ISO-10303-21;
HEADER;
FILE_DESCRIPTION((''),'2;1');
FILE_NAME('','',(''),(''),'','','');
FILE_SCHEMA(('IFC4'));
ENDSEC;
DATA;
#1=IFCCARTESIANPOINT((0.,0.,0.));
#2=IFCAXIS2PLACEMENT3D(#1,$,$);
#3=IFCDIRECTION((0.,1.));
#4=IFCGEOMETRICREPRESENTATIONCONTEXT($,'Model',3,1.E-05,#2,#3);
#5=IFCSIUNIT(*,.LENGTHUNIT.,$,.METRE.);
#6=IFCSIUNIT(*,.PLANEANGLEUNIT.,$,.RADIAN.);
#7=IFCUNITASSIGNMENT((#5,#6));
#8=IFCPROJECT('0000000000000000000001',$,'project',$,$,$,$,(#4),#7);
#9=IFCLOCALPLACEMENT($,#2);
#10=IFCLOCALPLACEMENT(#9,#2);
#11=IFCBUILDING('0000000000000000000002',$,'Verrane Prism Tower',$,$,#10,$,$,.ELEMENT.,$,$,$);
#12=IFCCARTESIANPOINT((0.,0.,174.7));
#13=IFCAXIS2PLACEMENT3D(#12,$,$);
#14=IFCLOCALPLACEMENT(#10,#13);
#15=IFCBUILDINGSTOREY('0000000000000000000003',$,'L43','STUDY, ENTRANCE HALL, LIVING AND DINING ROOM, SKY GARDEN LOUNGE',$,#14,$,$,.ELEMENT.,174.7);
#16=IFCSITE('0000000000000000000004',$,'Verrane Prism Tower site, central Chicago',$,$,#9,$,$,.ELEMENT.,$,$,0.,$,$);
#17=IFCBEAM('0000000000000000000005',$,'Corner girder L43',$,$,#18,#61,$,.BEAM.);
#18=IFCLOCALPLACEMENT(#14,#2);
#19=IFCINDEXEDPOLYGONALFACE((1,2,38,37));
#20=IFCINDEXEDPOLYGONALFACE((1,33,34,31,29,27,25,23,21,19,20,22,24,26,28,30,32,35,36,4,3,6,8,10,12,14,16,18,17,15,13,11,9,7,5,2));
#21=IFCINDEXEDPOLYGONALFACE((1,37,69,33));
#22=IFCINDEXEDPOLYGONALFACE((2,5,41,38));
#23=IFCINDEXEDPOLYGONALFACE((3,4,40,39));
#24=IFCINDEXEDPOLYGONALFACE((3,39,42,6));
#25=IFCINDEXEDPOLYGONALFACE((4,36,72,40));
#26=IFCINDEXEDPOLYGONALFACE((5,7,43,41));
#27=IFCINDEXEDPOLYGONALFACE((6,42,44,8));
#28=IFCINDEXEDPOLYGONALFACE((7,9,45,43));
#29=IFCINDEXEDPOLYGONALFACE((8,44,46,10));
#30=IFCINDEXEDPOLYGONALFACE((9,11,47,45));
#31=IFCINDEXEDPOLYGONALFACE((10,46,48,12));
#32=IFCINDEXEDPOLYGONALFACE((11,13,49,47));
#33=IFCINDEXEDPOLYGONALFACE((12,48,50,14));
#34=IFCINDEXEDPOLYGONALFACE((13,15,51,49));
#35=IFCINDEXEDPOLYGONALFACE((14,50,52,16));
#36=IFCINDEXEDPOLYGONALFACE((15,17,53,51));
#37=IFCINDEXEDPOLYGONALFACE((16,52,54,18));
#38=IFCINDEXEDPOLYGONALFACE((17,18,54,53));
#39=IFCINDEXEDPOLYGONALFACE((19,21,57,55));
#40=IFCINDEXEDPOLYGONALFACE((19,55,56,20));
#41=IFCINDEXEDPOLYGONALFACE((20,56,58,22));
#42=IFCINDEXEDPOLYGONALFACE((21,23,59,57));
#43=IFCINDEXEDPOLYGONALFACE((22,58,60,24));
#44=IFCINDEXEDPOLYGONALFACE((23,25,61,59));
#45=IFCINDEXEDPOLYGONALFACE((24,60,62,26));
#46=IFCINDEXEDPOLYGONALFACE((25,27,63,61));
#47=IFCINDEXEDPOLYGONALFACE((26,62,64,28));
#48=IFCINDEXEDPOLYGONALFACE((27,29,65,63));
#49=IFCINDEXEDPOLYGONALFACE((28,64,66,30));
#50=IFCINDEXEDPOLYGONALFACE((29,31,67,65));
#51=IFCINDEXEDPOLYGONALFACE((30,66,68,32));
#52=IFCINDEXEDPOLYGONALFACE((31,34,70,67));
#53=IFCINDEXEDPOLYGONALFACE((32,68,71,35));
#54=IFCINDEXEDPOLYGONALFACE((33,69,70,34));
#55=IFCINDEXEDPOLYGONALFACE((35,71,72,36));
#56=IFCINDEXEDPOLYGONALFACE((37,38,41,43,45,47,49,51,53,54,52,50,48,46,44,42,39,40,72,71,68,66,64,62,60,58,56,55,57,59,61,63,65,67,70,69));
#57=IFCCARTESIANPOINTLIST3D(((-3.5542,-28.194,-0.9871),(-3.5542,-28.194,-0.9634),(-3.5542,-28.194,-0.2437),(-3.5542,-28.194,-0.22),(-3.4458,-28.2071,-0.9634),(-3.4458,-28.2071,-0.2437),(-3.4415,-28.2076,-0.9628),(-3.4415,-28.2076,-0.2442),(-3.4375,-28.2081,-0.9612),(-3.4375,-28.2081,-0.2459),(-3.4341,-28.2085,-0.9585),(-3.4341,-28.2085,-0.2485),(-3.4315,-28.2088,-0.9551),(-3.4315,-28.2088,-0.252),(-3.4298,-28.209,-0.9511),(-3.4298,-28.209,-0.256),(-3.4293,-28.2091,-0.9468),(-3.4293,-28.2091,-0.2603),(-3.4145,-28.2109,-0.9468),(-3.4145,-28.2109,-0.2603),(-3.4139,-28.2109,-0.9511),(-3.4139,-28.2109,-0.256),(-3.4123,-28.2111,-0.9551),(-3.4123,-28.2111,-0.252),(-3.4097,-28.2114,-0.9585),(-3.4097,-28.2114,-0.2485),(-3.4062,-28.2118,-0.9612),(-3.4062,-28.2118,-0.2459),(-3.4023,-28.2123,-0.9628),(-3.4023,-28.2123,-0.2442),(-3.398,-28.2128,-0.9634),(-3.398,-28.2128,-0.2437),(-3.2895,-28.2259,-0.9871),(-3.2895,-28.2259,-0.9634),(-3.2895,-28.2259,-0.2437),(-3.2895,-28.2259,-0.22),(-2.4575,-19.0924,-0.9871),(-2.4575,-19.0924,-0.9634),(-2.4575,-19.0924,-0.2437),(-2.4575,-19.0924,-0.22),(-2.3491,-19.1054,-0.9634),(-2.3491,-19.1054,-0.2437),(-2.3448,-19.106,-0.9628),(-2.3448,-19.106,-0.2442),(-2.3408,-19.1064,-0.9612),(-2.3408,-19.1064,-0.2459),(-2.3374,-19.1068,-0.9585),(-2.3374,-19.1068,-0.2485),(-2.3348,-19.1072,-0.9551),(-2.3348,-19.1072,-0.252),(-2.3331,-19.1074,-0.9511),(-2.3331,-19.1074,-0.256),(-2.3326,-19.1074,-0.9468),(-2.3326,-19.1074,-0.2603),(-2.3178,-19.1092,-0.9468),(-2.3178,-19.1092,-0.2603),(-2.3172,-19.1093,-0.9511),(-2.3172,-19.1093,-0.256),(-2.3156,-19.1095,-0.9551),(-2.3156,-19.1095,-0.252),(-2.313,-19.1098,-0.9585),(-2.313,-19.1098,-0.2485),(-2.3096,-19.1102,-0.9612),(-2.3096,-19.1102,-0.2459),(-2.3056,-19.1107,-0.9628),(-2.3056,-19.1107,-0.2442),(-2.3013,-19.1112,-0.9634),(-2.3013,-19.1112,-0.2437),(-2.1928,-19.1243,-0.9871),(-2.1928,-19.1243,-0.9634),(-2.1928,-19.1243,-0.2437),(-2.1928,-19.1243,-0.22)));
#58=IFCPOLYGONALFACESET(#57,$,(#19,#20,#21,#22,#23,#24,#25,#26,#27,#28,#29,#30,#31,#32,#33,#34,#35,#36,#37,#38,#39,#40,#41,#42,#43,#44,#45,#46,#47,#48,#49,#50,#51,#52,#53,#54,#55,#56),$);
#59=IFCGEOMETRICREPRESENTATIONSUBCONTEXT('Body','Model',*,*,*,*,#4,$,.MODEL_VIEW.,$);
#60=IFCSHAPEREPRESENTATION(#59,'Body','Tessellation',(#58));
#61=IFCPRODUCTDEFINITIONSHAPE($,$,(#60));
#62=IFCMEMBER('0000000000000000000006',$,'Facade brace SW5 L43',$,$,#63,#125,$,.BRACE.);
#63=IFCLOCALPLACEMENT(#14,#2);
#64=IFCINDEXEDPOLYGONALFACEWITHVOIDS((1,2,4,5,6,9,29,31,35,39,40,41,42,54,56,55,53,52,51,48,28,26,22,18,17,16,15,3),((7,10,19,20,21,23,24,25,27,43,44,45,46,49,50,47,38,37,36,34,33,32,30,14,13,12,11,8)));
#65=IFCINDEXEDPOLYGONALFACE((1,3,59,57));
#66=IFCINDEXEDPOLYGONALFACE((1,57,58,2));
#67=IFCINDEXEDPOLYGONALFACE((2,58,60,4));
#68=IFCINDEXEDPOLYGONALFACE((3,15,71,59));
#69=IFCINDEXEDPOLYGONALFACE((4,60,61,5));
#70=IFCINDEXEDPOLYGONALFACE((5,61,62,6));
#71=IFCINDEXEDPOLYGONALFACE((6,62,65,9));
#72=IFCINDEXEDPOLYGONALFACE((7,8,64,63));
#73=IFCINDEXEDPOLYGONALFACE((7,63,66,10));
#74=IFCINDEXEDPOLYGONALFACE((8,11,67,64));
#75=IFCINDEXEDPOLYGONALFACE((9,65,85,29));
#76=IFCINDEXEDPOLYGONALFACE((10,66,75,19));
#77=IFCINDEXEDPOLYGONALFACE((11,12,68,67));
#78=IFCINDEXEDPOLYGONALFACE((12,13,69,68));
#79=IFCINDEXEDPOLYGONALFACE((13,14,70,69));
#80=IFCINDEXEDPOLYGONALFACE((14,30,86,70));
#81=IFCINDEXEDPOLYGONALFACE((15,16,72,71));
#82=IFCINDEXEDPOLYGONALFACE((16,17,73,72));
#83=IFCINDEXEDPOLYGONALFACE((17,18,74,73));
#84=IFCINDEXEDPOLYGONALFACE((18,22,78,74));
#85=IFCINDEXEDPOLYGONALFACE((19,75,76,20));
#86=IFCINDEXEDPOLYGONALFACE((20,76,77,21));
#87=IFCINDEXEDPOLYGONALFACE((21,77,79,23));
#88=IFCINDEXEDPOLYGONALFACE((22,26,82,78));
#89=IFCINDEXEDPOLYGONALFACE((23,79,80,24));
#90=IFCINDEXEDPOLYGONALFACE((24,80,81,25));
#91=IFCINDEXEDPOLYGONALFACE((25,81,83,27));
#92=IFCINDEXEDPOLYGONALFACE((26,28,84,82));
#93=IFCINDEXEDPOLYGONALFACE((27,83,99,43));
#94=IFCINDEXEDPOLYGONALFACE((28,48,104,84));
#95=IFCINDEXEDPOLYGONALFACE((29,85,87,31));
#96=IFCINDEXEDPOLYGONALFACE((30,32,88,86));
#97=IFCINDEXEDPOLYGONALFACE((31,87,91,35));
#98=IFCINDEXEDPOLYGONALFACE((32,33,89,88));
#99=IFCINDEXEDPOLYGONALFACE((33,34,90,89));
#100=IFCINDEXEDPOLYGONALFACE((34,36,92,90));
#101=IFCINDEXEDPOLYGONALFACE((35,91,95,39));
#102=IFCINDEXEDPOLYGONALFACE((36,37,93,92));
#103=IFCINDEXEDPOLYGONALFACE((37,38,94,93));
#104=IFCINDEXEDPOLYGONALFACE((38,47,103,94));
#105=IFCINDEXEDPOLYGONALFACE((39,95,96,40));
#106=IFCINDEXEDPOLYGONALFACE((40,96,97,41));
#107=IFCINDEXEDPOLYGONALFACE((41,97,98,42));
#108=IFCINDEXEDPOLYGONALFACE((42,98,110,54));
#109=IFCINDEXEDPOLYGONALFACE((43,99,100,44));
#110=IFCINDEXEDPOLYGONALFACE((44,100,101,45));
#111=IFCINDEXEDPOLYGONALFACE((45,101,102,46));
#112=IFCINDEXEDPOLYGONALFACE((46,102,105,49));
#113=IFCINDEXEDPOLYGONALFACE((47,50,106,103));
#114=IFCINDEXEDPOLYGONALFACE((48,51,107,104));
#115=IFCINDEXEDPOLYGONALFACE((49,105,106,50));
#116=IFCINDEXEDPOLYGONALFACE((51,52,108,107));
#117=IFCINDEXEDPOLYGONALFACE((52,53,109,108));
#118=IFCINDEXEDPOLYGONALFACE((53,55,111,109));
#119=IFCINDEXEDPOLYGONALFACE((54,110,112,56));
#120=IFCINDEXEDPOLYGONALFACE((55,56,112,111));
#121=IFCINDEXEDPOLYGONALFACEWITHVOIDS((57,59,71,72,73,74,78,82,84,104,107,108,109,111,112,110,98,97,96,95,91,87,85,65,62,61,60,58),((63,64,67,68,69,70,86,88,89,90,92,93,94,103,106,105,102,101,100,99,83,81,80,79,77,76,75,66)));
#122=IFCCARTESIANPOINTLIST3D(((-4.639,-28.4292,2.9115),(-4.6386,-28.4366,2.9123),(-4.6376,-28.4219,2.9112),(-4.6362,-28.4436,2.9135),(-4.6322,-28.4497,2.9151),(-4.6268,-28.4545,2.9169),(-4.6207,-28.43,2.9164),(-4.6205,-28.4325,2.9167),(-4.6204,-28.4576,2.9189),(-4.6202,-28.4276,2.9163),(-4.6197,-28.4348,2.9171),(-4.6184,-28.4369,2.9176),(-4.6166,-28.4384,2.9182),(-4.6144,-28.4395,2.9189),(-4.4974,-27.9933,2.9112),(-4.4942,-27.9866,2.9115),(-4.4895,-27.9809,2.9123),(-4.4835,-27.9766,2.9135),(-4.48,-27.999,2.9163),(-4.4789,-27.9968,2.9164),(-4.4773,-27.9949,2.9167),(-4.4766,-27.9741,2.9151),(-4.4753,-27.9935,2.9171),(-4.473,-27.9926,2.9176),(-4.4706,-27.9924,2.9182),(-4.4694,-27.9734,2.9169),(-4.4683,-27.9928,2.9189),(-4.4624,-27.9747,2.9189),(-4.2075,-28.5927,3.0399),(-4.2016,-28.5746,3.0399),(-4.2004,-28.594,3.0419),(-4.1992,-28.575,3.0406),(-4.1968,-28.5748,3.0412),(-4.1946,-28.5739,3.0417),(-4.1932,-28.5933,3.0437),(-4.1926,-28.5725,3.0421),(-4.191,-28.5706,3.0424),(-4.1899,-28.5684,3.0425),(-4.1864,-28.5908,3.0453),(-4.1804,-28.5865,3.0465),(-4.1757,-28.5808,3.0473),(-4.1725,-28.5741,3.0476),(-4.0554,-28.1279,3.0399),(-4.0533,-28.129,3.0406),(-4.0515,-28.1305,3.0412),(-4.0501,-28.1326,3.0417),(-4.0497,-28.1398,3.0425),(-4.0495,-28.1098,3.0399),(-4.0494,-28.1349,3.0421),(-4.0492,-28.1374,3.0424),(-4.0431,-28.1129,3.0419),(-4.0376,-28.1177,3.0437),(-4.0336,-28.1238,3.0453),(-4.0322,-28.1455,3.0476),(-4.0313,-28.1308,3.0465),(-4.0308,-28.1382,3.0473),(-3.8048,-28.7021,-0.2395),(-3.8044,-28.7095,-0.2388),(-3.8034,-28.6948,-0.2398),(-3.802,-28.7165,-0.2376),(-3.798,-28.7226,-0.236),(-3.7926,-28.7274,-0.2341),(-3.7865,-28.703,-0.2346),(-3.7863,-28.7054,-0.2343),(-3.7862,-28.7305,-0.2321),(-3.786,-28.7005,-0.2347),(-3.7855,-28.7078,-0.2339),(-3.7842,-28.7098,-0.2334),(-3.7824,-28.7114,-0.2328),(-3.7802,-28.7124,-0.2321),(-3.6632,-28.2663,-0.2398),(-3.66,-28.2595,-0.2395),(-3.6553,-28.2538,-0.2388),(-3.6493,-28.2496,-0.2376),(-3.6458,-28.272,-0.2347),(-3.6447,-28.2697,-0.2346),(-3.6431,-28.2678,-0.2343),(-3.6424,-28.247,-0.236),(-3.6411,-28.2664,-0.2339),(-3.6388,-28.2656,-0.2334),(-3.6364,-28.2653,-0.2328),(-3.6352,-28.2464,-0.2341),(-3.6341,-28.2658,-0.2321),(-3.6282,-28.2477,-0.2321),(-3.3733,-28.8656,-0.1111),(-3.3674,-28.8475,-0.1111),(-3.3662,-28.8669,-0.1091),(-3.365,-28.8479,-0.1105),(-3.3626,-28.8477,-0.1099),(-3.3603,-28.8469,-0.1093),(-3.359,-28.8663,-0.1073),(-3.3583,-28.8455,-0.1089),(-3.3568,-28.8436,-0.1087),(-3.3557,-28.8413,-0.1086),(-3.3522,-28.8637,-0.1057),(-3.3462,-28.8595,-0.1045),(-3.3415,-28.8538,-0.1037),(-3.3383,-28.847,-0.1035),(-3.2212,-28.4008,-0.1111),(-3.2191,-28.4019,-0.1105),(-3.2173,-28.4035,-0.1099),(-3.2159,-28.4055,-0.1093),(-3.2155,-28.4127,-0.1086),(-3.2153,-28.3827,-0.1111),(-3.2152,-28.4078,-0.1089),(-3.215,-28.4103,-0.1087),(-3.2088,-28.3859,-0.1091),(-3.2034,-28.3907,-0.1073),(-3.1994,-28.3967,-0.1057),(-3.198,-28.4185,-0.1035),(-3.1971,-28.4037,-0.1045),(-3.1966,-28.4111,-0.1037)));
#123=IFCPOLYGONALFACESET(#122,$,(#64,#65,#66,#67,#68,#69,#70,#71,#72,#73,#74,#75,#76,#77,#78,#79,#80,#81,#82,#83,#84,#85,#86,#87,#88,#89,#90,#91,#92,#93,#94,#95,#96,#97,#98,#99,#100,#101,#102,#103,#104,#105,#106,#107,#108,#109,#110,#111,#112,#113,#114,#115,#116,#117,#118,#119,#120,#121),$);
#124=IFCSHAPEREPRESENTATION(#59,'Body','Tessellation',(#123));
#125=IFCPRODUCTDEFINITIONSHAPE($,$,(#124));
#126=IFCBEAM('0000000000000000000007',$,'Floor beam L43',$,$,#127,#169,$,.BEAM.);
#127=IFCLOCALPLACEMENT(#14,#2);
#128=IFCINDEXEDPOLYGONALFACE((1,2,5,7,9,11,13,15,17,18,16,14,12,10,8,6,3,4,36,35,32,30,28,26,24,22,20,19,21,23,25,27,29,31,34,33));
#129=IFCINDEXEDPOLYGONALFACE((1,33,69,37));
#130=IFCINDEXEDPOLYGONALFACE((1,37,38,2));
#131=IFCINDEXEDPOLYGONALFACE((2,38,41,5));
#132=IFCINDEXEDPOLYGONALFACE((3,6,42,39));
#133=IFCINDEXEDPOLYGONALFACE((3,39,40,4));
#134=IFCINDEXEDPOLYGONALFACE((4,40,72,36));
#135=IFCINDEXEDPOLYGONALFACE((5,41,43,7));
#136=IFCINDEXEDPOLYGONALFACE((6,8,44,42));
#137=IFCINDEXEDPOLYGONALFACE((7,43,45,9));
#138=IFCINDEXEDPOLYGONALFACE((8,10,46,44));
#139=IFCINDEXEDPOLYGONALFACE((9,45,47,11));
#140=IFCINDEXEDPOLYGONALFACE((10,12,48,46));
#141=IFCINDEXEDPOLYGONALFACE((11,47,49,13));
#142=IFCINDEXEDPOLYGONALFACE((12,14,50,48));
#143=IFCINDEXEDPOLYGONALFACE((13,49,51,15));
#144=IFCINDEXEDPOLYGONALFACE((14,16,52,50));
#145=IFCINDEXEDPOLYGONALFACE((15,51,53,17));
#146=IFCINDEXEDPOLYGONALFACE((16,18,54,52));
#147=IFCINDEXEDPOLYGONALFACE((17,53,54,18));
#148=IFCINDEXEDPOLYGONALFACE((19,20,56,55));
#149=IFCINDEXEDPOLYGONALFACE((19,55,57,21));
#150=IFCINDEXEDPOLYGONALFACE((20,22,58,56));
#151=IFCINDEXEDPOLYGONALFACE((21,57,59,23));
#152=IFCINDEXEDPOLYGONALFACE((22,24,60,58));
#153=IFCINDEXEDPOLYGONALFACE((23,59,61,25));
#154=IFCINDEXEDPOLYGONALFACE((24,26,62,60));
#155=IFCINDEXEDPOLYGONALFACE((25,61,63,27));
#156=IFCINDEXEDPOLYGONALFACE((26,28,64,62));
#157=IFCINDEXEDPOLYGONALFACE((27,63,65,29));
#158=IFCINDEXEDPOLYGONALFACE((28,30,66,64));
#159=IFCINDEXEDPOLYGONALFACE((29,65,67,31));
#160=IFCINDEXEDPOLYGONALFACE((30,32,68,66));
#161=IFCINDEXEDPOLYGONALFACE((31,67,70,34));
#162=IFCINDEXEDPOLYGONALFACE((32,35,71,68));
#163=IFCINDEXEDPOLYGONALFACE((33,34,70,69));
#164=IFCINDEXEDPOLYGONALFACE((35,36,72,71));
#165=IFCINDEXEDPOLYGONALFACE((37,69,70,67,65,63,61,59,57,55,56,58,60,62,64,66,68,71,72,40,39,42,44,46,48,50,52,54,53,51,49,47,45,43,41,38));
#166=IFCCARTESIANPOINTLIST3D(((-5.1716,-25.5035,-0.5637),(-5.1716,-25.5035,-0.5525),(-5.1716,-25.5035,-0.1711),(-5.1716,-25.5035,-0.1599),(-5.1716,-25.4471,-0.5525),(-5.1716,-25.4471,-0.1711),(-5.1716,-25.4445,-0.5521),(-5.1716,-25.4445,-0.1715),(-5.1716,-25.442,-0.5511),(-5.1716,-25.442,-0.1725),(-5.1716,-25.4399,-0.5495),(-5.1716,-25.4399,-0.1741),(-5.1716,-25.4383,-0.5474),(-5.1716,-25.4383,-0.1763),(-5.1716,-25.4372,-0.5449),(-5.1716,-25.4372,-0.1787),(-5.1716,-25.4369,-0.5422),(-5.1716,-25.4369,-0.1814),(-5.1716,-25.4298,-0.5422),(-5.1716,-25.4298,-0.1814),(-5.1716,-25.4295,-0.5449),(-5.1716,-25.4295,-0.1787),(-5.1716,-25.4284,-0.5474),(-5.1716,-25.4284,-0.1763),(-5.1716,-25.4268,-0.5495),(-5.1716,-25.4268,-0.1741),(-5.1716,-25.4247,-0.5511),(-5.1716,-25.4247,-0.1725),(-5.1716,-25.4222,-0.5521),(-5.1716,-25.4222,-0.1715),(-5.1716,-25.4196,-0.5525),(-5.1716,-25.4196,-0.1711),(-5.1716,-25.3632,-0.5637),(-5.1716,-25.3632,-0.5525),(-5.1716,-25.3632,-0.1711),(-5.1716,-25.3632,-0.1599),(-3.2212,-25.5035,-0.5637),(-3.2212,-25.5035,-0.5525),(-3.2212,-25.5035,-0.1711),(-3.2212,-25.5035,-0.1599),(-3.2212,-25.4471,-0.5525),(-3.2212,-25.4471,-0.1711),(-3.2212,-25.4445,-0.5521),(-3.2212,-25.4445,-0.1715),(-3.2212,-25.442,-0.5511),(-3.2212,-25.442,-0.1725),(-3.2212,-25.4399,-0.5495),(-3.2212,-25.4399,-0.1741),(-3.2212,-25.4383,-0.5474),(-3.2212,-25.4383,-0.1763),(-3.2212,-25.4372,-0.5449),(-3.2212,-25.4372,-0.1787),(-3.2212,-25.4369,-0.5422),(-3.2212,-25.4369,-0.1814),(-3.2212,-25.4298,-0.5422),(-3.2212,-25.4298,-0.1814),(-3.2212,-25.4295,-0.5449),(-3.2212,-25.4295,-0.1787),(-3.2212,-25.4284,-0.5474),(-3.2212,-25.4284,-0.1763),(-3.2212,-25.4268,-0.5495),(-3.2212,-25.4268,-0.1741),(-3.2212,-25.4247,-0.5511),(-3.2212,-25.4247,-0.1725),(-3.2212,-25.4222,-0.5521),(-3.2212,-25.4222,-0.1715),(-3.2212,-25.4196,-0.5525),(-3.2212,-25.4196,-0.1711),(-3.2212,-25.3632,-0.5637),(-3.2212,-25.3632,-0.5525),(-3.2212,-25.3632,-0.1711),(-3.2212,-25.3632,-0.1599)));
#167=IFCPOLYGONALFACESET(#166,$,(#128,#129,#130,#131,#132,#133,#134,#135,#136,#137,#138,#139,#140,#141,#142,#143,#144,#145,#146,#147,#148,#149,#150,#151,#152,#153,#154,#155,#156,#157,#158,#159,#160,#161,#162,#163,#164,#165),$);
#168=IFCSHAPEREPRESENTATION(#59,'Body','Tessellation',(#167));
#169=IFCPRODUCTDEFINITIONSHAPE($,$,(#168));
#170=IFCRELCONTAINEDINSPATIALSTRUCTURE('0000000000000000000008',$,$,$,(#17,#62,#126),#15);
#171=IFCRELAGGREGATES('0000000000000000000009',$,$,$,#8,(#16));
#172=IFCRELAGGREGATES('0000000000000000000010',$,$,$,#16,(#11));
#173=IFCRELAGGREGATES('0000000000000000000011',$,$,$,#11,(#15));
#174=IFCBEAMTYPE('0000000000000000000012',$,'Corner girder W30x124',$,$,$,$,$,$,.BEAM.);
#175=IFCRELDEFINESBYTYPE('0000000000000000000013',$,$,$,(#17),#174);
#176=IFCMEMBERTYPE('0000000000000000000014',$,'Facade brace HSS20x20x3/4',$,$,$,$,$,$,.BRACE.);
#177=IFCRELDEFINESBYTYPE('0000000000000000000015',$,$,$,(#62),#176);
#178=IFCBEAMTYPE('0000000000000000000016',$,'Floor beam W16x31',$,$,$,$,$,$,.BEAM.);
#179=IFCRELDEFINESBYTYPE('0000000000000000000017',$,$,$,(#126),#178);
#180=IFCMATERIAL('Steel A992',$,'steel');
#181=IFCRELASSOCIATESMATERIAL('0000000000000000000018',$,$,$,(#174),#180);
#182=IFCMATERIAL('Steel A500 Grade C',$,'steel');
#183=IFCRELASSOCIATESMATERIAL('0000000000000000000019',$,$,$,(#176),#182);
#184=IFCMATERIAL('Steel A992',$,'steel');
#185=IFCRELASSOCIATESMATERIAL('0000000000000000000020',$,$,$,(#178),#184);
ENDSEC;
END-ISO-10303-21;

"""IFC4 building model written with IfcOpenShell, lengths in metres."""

from ifc_helpers import new_model, si_unit, direction, frame, origin, origin_2d, place, context, subcontext, project, spatial, hollow_rectangle, i_section, extrude, material, material_profile, profile_set, type_object, element, save


model = new_model("IFC4")

# Units and contexts
model_context = context("Model", 3, precision=1e-05, world=origin(), true_north=direction((0.0, 1.0)))
body_context = subcontext(model_context, "Body", "Model", "MODEL_VIEW")
ifc_project = project(units=[si_unit("LENGTHUNIT", "METRE"), si_unit("PLANEANGLEUNIT", "RADIAN")], contexts=[model_context])

# Site, building, storey
site_placement = place(None, origin())
site = spatial("IfcSite", under=ifc_project, at=site_placement, Name="Verrane Prism Tower site, central Chicago", CompositionType="ELEMENT", RefElevation=0.0)
building_placement = place(site_placement, origin())
building = spatial("IfcBuilding", under=site, at=building_placement, Name="Verrane Prism Tower", CompositionType="ELEMENT")
storey_placement = place(building_placement, frame((0.0, 0.0, 174.7)))
storey = spatial("IfcBuildingStorey", under=building, at=storey_placement, Name="L43", Description="STUDY, ENTRANCE HALL, LIVING AND DINING ROOM, SKY GARDEN LOUNGE", CompositionType="ELEMENT", Elevation=174.7)

# Beam
ifc_material_1 = material(Name="Steel A992", Category="steel")
ifc_material_profile_1 = material_profile(ifc_material_1, i_section(OverallWidth=0.2666, OverallDepth=0.7671, WebThickness=0.0149, FlangeThickness=0.0237, FilletRadius=0.0166, at=origin_2d()), Name="W30x124")
ifc_profile_set_1 = profile_set([ifc_material_profile_1], Name="Steel A992")
beam_type_1 = type_object("IfcBeamType", Name="Corner girder W30x124", PredefinedType="BEAM", material=ifc_profile_set_1)
beam_1_placement = place(storey_placement, frame((-3.4219, -28.21, -0.6035), z_axis=(0.119628, 0.992819, 0.0), x_axis=(-0.992819, 0.119628, 0.0)))
element("IfcBeam", 1, at=beam_1_placement, inside=storey, type_object=beam_type_1, Name="Corner girder L43", PredefinedType="BEAM", context=body_context, shape_type="SweptSolid", body=[
    extrude(i_section(OverallWidth=0.2666, OverallDepth=0.7671, WebThickness=0.0149, FlangeThickness=0.0237, FilletRadius=0.0166, at=origin_2d()), origin(), (0.0, 0.0, 1.0), 9.1675),
])

# Member
ifc_material_2 = material(Name="Steel A500 Grade C", Category="steel")
ifc_material_profile_2 = material_profile(ifc_material_2, hollow_rectangle(XDim=0.5081, YDim=0.5081, WallThickness=0.019, InnerFilletRadius=0.0095, OuterFilletRadius=0.0286, at=origin_2d()), Name="HSS20x20x3/4")
ifc_profile_set_2 = profile_set([ifc_material_profile_2], Name="Steel A500 Grade C")
member_type_1 = type_object("IfcMemberType", Name="Facade brace HSS20x20x3/4", PredefinedType="BRACE", material=ifc_profile_set_2)
member_1_placement = place(storey_placement, frame((-3.5007, -28.5566, -0.1716), z_axis=(-0.255031, 0.083443, 0.963326), x_axis=(-0.310966, -0.950421, 0.0)))
element("IfcMember", 2, at=member_1_placement, inside=storey, type_object=member_type_1, Name="Facade brace SW5 L43", PredefinedType="BRACE", context=body_context, shape_type="SweptSolid", body=[
    extrude(hollow_rectangle(XDim=0.5081, YDim=0.5081, WallThickness=0.019, InnerFilletRadius=0.0095, OuterFilletRadius=0.0286, at=origin_2d()), origin(), (0.0, 0.0, 1.0), 3.271),
])

# Beam
ifc_material_3 = material(Name="Steel A992", Category="steel")
ifc_material_profile_3 = material_profile(ifc_material_3, i_section(OverallWidth=0.1404, OverallDepth=0.4038, WebThickness=0.0071, FlangeThickness=0.0112, FilletRadius=0.0103, at=origin_2d()), Name="W16x31")
ifc_profile_set_3 = profile_set([ifc_material_profile_3], Name="Steel A992")
beam_type_2 = type_object("IfcBeamType", Name="Floor beam W16x31", PredefinedType="BEAM", material=ifc_profile_set_3)
beam_2_placement = place(storey_placement, frame((-5.1716, -25.4333, -0.3618), z_axis=(1.0, 0.0, 0.0), x_axis=(0.0, 1.0, 0.0)))
element("IfcBeam", 3, at=beam_2_placement, inside=storey, type_object=beam_type_2, Name="Floor beam L43", PredefinedType="BEAM", context=body_context, shape_type="SweptSolid", body=[
    extrude(i_section(OverallWidth=0.1404, OverallDepth=0.4038, WebThickness=0.0071, FlangeThickness=0.0112, FilletRadius=0.0103, at=origin_2d()), origin(), (0.0, 0.0, 1.0), 1.9504),
])

save(model, "model.ifc")
